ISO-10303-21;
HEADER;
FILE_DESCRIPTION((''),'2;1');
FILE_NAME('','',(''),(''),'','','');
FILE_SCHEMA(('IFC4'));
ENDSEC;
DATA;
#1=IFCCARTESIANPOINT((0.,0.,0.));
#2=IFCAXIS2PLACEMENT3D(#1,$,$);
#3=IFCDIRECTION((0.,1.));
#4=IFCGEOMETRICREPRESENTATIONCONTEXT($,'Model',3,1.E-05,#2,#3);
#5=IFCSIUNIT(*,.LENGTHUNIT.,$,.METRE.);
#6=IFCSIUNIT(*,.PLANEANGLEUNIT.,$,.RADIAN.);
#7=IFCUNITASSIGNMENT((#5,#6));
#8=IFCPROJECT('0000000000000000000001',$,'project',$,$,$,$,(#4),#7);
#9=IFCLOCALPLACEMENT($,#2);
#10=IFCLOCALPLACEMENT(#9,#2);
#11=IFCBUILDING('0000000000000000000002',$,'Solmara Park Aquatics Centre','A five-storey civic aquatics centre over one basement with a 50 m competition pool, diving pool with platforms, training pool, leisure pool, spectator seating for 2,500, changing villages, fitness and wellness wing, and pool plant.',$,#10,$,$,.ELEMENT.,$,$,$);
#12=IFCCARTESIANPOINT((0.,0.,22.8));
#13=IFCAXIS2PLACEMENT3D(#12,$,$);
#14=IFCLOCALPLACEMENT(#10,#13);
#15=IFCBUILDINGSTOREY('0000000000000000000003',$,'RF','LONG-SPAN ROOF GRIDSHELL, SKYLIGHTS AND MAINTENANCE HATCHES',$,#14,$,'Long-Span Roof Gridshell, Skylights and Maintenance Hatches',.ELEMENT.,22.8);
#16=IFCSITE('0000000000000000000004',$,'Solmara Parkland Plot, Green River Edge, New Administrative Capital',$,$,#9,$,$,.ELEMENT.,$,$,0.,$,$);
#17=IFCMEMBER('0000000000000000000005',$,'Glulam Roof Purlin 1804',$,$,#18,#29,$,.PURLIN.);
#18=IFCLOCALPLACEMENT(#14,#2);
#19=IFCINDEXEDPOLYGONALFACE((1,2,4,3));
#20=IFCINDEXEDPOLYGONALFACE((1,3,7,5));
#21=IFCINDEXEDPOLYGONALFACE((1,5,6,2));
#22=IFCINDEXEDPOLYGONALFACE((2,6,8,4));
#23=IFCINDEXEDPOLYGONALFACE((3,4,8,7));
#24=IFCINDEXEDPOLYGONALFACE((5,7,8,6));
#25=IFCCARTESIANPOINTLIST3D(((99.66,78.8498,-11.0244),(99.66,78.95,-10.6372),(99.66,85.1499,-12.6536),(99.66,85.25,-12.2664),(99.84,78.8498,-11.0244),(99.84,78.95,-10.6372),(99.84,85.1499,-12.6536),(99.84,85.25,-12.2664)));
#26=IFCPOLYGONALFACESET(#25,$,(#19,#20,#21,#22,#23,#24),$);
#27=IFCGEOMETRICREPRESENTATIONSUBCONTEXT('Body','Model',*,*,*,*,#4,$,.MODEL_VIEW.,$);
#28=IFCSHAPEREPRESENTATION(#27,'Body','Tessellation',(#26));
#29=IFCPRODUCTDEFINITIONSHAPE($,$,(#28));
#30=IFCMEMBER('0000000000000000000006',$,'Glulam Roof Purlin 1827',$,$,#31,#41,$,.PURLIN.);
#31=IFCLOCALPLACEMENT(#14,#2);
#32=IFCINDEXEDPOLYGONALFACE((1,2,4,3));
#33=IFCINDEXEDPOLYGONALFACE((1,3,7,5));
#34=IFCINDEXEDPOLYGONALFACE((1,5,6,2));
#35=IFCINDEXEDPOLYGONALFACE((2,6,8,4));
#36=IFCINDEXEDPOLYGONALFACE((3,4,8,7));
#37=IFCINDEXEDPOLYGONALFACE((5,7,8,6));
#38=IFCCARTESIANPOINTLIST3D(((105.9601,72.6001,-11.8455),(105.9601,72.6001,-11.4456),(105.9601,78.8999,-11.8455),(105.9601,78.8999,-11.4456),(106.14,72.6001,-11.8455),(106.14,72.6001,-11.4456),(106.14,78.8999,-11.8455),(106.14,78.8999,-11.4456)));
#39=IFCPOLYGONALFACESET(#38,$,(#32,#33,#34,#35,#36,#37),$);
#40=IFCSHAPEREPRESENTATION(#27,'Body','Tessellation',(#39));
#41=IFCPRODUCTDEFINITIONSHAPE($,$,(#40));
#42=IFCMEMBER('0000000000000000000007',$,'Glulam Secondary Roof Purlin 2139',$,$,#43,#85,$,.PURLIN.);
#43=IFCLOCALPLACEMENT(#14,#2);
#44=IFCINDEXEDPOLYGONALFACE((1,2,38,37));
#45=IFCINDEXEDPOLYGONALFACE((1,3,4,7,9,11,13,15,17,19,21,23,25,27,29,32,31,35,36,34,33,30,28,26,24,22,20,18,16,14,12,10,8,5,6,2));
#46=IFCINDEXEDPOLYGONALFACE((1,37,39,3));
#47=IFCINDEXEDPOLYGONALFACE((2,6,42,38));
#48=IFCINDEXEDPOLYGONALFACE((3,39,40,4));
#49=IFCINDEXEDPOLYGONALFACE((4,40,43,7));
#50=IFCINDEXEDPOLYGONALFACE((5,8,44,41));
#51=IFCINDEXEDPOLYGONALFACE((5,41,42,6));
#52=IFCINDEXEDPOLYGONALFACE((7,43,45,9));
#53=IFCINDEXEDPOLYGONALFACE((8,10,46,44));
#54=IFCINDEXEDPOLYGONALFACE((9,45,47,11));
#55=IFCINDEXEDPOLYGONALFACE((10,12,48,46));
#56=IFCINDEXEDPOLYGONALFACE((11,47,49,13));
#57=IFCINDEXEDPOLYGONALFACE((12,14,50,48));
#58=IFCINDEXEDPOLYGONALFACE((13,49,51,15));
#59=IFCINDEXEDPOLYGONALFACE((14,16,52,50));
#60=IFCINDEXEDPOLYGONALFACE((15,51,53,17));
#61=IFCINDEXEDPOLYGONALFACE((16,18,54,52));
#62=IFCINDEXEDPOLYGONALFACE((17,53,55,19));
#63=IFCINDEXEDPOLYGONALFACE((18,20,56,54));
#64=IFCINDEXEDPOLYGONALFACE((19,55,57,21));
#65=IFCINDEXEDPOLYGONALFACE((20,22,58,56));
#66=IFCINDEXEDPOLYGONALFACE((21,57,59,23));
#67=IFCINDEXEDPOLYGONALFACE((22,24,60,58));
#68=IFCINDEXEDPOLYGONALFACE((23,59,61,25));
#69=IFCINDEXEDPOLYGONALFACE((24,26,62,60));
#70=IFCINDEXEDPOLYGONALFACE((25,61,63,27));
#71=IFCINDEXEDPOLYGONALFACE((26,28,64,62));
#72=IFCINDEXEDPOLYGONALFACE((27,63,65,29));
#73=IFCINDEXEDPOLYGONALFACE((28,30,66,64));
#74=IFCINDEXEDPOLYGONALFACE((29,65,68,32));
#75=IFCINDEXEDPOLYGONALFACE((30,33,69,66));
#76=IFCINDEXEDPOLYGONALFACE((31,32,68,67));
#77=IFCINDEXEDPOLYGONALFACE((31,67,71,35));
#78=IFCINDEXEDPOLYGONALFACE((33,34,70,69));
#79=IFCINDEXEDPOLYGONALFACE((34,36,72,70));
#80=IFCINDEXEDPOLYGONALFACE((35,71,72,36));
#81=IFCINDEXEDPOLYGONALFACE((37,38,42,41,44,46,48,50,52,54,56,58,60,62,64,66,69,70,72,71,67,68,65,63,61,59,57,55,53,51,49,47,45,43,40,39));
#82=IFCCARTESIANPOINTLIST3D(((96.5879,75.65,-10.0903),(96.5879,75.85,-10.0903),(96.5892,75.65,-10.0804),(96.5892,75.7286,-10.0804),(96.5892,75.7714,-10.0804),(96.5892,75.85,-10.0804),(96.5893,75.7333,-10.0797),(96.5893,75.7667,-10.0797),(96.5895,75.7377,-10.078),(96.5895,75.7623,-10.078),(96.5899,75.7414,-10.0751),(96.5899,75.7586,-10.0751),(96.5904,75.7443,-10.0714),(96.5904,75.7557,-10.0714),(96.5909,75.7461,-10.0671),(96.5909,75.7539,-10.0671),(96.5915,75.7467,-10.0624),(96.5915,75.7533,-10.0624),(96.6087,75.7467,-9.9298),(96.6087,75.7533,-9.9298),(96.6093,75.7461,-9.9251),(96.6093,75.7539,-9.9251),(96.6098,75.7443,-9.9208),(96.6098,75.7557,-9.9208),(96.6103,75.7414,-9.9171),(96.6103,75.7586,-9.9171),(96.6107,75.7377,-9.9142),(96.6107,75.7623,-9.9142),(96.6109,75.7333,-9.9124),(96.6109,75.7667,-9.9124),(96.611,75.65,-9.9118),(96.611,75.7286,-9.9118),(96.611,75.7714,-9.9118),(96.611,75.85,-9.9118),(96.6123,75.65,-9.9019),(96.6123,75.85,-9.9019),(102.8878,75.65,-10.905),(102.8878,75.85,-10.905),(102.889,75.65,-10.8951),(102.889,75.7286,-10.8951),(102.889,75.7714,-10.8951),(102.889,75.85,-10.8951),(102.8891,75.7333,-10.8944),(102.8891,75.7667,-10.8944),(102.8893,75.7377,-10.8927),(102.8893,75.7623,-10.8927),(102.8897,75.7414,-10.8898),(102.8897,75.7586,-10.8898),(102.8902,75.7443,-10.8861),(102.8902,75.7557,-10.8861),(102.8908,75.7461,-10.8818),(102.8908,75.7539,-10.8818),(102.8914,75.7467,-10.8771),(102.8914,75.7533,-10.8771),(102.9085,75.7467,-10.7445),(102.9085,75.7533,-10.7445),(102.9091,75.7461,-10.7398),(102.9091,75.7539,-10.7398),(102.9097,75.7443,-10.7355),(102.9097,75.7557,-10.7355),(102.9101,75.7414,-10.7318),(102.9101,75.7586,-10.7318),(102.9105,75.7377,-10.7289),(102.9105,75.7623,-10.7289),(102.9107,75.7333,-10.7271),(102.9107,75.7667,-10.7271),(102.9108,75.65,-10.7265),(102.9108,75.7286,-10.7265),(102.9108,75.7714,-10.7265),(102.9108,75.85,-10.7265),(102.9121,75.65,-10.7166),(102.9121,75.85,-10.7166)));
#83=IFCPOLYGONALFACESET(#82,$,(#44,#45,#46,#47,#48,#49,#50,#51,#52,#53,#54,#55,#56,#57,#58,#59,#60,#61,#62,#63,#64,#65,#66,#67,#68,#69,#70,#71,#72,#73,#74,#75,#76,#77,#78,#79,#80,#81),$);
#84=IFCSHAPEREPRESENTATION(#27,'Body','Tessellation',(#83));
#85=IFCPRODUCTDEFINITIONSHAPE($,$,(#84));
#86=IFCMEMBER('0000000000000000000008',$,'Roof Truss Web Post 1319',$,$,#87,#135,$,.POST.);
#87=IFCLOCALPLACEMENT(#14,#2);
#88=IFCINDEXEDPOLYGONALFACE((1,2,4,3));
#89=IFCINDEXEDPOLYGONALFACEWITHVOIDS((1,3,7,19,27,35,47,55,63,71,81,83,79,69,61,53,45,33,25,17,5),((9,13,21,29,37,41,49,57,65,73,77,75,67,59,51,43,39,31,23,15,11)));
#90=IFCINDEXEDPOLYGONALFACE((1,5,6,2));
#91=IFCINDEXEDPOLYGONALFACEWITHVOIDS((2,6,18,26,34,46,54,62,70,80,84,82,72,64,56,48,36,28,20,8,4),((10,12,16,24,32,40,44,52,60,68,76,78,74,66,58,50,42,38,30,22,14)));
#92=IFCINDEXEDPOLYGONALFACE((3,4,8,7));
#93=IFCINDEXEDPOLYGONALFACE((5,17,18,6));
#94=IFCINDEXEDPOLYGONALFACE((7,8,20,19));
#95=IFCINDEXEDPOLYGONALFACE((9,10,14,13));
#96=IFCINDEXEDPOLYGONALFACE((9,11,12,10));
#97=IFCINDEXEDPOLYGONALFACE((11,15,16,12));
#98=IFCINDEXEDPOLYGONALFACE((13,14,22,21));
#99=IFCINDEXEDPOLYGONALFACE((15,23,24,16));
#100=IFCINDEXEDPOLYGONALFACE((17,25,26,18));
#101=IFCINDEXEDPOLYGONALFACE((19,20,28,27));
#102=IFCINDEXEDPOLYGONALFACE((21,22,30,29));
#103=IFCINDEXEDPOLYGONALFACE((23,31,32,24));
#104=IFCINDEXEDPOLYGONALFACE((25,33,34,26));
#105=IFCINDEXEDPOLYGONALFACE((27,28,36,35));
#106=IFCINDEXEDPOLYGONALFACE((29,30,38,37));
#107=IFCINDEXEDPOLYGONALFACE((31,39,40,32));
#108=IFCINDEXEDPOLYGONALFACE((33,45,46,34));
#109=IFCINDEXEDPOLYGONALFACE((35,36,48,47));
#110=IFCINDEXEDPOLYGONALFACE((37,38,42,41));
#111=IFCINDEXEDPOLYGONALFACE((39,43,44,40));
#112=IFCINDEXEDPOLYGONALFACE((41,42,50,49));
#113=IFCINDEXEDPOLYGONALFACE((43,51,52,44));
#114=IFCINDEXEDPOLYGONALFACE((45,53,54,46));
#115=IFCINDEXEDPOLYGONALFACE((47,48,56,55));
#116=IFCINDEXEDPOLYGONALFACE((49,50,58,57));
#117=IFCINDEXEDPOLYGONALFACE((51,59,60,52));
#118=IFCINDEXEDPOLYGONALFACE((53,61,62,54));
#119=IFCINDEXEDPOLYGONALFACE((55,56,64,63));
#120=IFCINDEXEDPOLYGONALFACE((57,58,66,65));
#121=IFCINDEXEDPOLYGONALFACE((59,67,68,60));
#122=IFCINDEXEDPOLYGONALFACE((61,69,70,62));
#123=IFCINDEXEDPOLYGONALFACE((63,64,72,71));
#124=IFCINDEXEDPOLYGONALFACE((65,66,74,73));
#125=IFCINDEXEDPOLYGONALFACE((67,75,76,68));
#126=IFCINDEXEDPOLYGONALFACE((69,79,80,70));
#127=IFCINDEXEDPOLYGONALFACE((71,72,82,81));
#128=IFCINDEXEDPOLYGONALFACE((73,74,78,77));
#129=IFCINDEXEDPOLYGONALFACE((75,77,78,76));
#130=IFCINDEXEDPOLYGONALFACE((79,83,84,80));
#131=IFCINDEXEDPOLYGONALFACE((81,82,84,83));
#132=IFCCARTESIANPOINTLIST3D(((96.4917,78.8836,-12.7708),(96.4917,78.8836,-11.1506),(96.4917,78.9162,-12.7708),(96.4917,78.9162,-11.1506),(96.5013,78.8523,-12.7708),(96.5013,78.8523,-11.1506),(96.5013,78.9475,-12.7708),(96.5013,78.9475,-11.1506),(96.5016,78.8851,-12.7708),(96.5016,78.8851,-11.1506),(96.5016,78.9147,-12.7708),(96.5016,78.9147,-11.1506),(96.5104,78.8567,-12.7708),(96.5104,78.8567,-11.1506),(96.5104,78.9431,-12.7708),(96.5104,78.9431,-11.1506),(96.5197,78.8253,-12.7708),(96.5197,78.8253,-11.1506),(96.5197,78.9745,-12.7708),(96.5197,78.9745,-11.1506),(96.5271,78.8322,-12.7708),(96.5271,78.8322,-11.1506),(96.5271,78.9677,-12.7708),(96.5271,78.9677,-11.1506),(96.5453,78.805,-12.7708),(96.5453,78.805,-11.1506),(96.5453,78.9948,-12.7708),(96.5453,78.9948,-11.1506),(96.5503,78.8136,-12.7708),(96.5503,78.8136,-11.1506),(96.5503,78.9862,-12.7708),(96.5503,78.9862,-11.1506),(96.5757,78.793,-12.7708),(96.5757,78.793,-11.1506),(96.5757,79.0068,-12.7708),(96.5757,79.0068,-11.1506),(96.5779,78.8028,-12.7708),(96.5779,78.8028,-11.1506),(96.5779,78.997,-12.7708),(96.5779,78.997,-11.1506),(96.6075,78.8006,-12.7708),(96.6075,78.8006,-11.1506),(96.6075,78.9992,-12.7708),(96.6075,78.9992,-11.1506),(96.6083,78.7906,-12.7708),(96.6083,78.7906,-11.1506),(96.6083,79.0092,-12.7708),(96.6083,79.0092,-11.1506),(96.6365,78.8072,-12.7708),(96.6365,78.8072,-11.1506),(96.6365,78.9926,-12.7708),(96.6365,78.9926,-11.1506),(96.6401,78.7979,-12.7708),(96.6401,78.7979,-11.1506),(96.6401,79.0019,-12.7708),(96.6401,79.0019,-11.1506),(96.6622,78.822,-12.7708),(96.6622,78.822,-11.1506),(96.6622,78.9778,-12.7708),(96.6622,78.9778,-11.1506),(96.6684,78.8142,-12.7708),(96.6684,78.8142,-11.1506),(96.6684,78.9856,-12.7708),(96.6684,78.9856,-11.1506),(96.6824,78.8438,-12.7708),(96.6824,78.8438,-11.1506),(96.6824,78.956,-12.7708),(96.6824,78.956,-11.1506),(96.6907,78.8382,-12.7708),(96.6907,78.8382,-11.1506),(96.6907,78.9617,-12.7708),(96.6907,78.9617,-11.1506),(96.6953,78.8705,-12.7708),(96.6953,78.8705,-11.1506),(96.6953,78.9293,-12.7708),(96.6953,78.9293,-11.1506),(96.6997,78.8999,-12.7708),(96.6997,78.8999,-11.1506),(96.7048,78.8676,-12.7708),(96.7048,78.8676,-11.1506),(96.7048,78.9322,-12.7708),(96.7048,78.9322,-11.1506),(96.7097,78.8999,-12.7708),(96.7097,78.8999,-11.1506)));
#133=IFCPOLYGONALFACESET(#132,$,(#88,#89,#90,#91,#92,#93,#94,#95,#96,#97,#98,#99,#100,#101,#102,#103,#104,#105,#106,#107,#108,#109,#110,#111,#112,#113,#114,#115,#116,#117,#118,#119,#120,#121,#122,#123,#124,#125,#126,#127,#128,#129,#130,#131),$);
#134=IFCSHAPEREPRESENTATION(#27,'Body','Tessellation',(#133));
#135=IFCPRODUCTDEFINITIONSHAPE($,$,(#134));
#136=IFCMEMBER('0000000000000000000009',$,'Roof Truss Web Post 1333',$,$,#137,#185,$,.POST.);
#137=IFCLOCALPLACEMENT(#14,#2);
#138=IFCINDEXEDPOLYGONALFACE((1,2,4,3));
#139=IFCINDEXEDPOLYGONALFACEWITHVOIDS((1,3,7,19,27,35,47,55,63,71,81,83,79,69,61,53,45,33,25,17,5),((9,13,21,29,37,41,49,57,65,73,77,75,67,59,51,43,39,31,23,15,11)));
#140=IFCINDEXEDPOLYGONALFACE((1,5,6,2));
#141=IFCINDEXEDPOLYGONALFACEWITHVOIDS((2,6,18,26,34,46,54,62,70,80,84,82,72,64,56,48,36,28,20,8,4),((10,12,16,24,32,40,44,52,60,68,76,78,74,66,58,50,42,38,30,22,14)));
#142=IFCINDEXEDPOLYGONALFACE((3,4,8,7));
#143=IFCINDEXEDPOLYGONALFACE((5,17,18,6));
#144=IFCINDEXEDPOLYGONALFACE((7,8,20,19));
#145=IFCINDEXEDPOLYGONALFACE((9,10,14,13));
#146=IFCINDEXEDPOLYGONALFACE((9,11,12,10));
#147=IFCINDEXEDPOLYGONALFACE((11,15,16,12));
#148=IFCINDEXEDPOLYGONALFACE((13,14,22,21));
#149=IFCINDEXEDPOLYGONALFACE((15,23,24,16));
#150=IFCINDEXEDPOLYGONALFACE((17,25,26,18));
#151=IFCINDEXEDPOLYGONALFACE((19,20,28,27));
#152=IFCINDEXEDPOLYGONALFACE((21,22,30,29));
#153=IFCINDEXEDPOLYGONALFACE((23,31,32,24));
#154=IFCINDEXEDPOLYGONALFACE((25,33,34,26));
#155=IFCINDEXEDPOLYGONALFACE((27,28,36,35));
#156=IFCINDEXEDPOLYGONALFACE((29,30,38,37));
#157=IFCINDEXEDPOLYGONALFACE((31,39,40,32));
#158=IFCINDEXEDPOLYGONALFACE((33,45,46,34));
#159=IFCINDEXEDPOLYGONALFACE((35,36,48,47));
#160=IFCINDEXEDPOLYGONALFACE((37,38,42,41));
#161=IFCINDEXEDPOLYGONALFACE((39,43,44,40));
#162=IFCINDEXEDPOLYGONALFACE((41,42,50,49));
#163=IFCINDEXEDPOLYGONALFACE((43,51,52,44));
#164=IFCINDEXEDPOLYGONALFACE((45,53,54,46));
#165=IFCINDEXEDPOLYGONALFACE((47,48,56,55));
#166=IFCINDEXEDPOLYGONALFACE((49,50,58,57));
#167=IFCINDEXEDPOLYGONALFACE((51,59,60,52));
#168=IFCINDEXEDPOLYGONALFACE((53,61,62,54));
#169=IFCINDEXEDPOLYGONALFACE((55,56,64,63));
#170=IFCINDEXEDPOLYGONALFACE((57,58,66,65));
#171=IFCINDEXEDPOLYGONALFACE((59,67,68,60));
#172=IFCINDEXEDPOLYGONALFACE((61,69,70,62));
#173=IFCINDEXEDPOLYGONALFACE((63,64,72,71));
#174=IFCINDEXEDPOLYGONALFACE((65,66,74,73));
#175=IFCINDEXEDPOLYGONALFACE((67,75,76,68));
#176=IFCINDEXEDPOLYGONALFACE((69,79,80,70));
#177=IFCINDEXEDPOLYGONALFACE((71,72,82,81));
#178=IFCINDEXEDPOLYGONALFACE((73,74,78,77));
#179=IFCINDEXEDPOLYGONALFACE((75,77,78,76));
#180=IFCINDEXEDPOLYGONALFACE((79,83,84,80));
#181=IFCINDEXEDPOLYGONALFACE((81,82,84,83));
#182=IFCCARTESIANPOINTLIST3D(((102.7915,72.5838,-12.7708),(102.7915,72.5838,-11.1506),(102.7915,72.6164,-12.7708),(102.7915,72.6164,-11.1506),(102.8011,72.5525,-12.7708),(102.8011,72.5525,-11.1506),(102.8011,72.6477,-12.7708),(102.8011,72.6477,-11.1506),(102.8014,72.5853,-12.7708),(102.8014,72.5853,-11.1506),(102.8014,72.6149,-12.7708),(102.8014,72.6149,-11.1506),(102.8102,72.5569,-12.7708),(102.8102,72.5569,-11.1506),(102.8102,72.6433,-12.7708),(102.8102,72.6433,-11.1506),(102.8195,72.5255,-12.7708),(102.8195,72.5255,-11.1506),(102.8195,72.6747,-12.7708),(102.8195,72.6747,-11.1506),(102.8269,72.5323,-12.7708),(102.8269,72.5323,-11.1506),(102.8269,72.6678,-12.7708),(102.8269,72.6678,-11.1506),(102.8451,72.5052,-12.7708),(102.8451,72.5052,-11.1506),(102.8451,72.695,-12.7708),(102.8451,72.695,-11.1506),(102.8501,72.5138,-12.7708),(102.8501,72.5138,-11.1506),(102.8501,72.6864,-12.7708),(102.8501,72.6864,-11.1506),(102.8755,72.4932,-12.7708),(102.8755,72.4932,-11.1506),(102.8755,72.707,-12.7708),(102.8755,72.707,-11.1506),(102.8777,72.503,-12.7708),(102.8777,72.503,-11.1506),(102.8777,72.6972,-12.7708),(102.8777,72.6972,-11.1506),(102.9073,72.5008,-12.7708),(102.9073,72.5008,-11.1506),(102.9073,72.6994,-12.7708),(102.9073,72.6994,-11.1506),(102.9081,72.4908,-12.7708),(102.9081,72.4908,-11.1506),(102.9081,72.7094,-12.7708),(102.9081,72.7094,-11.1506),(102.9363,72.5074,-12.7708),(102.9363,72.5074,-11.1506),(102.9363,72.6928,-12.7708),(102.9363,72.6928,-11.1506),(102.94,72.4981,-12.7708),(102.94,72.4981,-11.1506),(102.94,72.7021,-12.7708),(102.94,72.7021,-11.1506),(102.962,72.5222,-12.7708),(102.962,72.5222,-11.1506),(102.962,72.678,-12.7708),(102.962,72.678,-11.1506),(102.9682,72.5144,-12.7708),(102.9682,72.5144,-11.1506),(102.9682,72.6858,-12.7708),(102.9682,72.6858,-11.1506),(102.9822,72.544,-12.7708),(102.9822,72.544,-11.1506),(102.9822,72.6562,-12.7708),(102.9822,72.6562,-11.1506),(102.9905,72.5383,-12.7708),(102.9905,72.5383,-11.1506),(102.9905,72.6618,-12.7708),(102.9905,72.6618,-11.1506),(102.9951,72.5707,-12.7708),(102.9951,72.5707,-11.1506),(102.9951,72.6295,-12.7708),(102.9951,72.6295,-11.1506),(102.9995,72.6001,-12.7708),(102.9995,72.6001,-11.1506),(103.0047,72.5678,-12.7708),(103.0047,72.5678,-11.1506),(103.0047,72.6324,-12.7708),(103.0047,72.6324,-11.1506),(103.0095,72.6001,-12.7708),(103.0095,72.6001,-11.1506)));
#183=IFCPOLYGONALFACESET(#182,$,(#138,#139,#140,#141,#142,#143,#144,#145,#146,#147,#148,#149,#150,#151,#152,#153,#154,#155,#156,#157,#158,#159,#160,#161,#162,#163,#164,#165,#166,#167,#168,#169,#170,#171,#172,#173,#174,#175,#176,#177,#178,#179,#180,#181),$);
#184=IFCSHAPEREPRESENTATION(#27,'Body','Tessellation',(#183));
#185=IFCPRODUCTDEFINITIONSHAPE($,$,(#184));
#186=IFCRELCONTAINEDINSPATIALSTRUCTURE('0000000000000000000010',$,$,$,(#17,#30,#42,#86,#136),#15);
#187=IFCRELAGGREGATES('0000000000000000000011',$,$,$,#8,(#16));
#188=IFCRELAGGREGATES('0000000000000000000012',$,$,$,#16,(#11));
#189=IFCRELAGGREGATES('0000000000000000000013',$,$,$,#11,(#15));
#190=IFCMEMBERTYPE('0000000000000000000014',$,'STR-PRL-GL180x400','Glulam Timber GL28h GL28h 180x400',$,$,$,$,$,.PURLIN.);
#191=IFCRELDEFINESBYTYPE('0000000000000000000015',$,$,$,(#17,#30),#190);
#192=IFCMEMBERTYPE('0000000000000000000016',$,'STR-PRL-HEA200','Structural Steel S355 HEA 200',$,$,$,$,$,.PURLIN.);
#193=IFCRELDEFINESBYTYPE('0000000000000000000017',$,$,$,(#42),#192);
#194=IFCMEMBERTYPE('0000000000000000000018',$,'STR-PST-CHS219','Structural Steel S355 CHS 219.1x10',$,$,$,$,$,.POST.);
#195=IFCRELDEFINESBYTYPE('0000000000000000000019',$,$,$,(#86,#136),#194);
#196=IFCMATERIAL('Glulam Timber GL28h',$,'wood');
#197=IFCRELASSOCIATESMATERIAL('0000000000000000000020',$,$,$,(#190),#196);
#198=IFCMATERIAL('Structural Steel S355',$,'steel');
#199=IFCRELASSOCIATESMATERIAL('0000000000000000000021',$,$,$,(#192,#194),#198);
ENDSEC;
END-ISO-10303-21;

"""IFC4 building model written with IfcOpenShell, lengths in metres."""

from ifc_helpers import new_model, si_unit, direction, frame, origin, origin_2d, place, context, subcontext, project, spatial, rectangle, hollow_circle, i_section, extrude, material, material_profile, profile_set, type_object, element, save


model = new_model("IFC4")

# Units and contexts
model_context = context("Model", 3, precision=1e-05, world=origin(), true_north=direction((0.0, 1.0)))
body_context = subcontext(model_context, "Body", "Model", "MODEL_VIEW")
ifc_project = project(units=[si_unit("LENGTHUNIT", "METRE"), si_unit("PLANEANGLEUNIT", "RADIAN")], contexts=[model_context])

# Site, building, storey
site_placement = place(None, origin())
site = spatial("IfcSite", under=ifc_project, at=site_placement, Name="Solmara Parkland Plot, Green River Edge, New Administrative Capital", CompositionType="ELEMENT", RefElevation=0.0)
building_placement = place(site_placement, origin())
building = spatial("IfcBuilding", under=site, at=building_placement, Name="Solmara Park Aquatics Centre", Description="A five-storey civic aquatics centre over one basement with a 50 m competition pool, diving pool with platforms, training pool, leisure pool, spectator seating for 2,500, changing villages, fitness and wellness wing, and pool plant.", CompositionType="ELEMENT")
storey_placement = place(building_placement, frame((0.0, 0.0, 22.8)))
storey = spatial("IfcBuildingStorey", under=building, at=storey_placement, Name="RF", Description="LONG-SPAN ROOF GRIDSHELL, SKYLIGHTS AND MAINTENANCE HATCHES", LongName="Long-Span Roof Gridshell, Skylights and Maintenance Hatches", CompositionType="ELEMENT", Elevation=22.8)

# Members
ifc_material_1 = material(Name="Structural Steel S355", Category="steel")
ifc_material_2 = material(Name="Glulam Timber GL28h", Category="wood")
ifc_material_profile_1 = material_profile(ifc_material_2, rectangle(XDim=0.1799, YDim=0.3999, at=origin_2d()), Name="GL28h 180x400")
ifc_profile_set_1 = profile_set([ifc_material_profile_1], Name="Glulam Timber GL28h")
member_type_1 = type_object("IfcMemberType", Name="STR-PRL-GL180x400", Description="Glulam Timber GL28h GL28h 180x400", PredefinedType="PURLIN", material=ifc_profile_set_1)
for number, where, z_axis, x_axis, name in (
    (1, (99.75, 78.8999, -10.8308), (0.0, 0.968153, -0.250358), (-1.0, 0.0, 0.0), "Glulam Roof Purlin 1804"),
):
    element("IfcMember", number, at=place(storey_placement, frame(where, z_axis=z_axis, x_axis=x_axis)), inside=storey, type_object=member_type_1, Name=name, PredefinedType="PURLIN", context=body_context, shape_type="SweptSolid", body=[
        extrude(rectangle(XDim=0.1799, YDim=0.3999, at=origin_2d()), origin(), (0.0, 0.0, 1.0), 6.5073),
    ])
member_1_placement = place(storey_placement, frame((106.05, 72.6001, -11.6455), z_axis=(0.0, 1.0, 0.0), x_axis=(-1.0, 0.0, 0.0)))
element("IfcMember", 2, at=member_1_placement, inside=storey, type_object=member_type_1, Name="Glulam Roof Purlin 1827", PredefinedType="PURLIN", context=body_context, shape_type="SweptSolid", body=[
    extrude(rectangle(XDim=0.1799, YDim=0.3999, at=origin_2d()), origin(), (0.0, 0.0, 1.0), 6.2998),
])
ifc_material_profile_2 = material_profile(ifc_material_1, i_section(OverallWidth=0.2, OverallDepth=0.1899, WebThickness=0.0066, FlangeThickness=0.01, FilletRadius=0.0181, at=origin_2d()), Name="HEA 200")
ifc_profile_set_2 = profile_set([ifc_material_profile_2], Name="Structural Steel S355")
member_type_2 = type_object("IfcMemberType", Name="STR-PRL-HEA200", Description="Structural Steel S355 HEA 200", PredefinedType="PURLIN", material=ifc_profile_set_2)
member_2_placement = place(storey_placement, frame((96.6001, 75.75, -9.9961), z_axis=(0.991741, 0.0, -0.128253), x_axis=(0.0, 1.0, 0.0)))
element("IfcMember", 3, at=member_2_placement, inside=storey, type_object=member_type_2, Name="Glulam Secondary Roof Purlin 2139", PredefinedType="PURLIN", context=body_context, shape_type="SweptSolid", body=[
    extrude(i_section(OverallWidth=0.2, OverallDepth=0.1899, WebThickness=0.0066, FlangeThickness=0.01, FilletRadius=0.0181, at=origin_2d()), origin(), (0.0, 0.0, 1.0), 6.3523),
])
ifc_material_profile_3 = material_profile(ifc_material_1, hollow_circle(Radius=0.1096, WallThickness=0.01, at=origin_2d()), Name="CHS 219.1x10")
ifc_profile_set_3 = profile_set([ifc_material_profile_3], Name="Structural Steel S355")
member_type_3 = type_object("IfcMemberType", Name="STR-PST-CHS219", Description="Structural Steel S355 CHS 219.1x10", PredefinedType="POST", material=ifc_profile_set_3)
for number, where, z_axis, x_axis, name in (
    (4, (96.6001, 78.8999, -12.7708), (0.0, 0.0, 1.0), (1.0, 0.0, 0.0), "Roof Truss Web Post 1319"),
    (5, (102.8999, 72.6001, -12.7708), (0.0, 0.0, 1.0), (1.0, 0.0, 0.0), "Roof Truss Web Post 1333"),
):
    element("IfcMember", number, at=place(storey_placement, frame(where, z_axis=z_axis, x_axis=x_axis)), inside=storey, type_object=member_type_3, Name=name, PredefinedType="POST", context=body_context, shape_type="SweptSolid", body=[
        extrude(hollow_circle(Radius=0.1096, WallThickness=0.01, at=origin_2d()), origin(), (0.0, 0.0, 1.0), 1.6201),
    ])

save(model, "model.ifc")
